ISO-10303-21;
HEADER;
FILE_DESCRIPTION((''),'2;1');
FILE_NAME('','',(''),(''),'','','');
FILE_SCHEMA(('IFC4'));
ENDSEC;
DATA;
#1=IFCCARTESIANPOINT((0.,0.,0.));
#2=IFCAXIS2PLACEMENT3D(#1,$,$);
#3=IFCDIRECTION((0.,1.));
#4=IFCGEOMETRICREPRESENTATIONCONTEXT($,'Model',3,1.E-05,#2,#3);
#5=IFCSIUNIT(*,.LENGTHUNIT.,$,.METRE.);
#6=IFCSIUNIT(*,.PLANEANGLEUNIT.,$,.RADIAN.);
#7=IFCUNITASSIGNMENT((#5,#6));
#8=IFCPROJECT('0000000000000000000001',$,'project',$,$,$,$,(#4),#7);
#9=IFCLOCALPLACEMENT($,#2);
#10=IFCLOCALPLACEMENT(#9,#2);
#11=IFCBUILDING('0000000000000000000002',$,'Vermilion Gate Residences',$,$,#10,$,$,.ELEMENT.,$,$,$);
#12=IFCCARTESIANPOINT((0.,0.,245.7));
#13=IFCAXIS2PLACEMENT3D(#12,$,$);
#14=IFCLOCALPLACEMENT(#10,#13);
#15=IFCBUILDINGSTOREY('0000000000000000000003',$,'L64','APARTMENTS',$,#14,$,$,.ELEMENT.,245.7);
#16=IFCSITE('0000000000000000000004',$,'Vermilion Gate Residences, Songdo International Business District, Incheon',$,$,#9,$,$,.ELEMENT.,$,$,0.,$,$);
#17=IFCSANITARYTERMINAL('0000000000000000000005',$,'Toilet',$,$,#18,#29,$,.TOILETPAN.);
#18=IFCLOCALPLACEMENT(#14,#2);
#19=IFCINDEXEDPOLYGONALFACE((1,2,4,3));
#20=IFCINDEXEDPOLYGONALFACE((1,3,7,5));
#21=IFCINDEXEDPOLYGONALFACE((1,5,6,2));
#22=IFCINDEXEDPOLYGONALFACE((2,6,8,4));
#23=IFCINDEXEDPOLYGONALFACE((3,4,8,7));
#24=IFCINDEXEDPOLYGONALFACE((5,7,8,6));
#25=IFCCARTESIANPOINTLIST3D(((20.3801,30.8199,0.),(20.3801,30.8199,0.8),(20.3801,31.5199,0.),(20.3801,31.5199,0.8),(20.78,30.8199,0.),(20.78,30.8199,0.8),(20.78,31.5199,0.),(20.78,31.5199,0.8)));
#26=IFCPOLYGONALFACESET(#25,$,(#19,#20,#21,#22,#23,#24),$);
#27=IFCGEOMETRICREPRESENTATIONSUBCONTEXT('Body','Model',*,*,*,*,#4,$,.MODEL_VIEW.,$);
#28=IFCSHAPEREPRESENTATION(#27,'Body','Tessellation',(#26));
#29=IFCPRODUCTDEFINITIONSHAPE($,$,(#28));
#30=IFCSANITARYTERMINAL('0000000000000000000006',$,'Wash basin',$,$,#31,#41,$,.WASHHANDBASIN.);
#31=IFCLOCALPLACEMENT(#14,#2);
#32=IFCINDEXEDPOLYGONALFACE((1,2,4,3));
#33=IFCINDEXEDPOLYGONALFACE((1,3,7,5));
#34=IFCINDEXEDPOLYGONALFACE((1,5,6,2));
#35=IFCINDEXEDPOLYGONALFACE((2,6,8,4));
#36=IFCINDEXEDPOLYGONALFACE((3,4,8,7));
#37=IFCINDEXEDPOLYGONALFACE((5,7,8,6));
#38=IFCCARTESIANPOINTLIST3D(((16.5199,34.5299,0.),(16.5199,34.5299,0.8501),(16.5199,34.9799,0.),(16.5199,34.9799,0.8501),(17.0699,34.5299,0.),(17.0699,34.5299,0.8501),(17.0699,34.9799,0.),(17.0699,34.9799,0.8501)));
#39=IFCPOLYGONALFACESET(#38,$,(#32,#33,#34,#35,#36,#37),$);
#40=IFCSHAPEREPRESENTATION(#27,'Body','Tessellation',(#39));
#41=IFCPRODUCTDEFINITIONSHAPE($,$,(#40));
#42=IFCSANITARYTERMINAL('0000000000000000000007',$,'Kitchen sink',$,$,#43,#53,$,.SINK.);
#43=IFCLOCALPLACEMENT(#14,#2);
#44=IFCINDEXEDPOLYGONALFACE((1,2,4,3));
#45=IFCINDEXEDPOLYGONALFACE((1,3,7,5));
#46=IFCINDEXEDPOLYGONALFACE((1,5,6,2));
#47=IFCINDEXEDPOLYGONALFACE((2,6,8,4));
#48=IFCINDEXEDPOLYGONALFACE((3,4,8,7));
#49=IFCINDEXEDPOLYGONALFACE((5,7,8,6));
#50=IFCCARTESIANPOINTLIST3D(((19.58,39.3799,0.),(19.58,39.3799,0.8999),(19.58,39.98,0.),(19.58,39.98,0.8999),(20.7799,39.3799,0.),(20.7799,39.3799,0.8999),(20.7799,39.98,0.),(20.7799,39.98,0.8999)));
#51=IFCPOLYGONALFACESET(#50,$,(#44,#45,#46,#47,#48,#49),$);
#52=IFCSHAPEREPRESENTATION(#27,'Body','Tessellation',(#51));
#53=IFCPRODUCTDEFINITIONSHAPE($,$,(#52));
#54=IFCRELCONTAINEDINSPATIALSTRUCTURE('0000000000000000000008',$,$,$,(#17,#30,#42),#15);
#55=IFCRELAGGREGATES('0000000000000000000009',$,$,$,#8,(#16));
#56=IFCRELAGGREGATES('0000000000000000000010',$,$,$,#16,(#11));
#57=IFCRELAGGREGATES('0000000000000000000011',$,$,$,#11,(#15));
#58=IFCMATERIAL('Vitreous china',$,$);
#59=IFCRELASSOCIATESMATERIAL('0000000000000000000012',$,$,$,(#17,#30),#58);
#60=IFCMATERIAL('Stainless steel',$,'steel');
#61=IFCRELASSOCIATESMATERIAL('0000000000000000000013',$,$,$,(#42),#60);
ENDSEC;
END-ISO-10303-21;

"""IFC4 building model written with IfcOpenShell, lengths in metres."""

from ifc_helpers import new_model, si_unit, direction, frame, origin, origin_2d, place, context, subcontext, project, spatial, rectangle, extrude, material, element, save


model = new_model("IFC4")

# Units and contexts
model_context = context("Model", 3, precision=1e-05, world=origin(), true_north=direction((0.0, 1.0)))
body_context = subcontext(model_context, "Body", "Model", "MODEL_VIEW")
ifc_project = project(units=[si_unit("LENGTHUNIT", "METRE"), si_unit("PLANEANGLEUNIT", "RADIAN")], contexts=[model_context])

# Site, building, storey
site_placement = place(None, origin())
site = spatial("IfcSite", under=ifc_project, at=site_placement, Name="Vermilion Gate Residences, Songdo International Business District, Incheon", CompositionType="ELEMENT", RefElevation=0.0)
building_placement = place(site_placement, origin())
building = spatial("IfcBuilding", under=site, at=building_placement, Name="Vermilion Gate Residences", CompositionType="ELEMENT")
storey_placement = place(building_placement, frame((0.0, 0.0, 245.7)))
storey = spatial("IfcBuildingStorey", under=building, at=storey_placement, Name="L64", Description="APARTMENTS", CompositionType="ELEMENT", Elevation=245.7)

# Sanitary terminals
ifc_material_1 = material(Name="Vitreous china")
sanitary_terminal_1_placement = place(storey_placement, frame((20.5801, 31.1699, 0.0), z_axis=(0.0, 0.0, 1.0), x_axis=(1.0, 0.0, 0.0)))
element("IfcSanitaryTerminal", 1, at=sanitary_terminal_1_placement, inside=storey, material=ifc_material_1, Name="Toilet", PredefinedType="TOILETPAN", context=body_context, shape_type="SweptSolid", body=[
    extrude(rectangle(XDim=0.3999, YDim=0.7, at=origin_2d()), origin(), (0.0, 0.0, 1.0), 0.8),
])
sanitary_terminal_2_placement = place(storey_placement, frame((16.7949, 34.7549, 0.0), z_axis=(0.0, 0.0, 1.0), x_axis=(1.0, 0.0, 0.0)))
element("IfcSanitaryTerminal", 2, at=sanitary_terminal_2_placement, inside=storey, material=ifc_material_1, Name="Wash basin", PredefinedType="WASHHANDBASIN", context=body_context, shape_type="SweptSolid", body=[
    extrude(rectangle(XDim=0.55, YDim=0.45, at=origin_2d()), origin(), (0.0, 0.0, 1.0), 0.8501),
])
ifc_material_2 = material(Name="Stainless steel", Category="steel")
sanitary_terminal_3_placement = place(storey_placement, frame((20.1799, 39.6799, 0.0), z_axis=(0.0, 0.0, 1.0), x_axis=(1.0, 0.0, 0.0)))
element("IfcSanitaryTerminal", 3, at=sanitary_terminal_3_placement, inside=storey, material=ifc_material_2, Name="Kitchen sink", PredefinedType="SINK", context=body_context, shape_type="SweptSolid", body=[
    extrude(rectangle(XDim=1.2, YDim=0.6001, at=origin_2d()), origin(), (0.0, 0.0, 1.0), 0.8999),
])

save(model, "model.ifc")
